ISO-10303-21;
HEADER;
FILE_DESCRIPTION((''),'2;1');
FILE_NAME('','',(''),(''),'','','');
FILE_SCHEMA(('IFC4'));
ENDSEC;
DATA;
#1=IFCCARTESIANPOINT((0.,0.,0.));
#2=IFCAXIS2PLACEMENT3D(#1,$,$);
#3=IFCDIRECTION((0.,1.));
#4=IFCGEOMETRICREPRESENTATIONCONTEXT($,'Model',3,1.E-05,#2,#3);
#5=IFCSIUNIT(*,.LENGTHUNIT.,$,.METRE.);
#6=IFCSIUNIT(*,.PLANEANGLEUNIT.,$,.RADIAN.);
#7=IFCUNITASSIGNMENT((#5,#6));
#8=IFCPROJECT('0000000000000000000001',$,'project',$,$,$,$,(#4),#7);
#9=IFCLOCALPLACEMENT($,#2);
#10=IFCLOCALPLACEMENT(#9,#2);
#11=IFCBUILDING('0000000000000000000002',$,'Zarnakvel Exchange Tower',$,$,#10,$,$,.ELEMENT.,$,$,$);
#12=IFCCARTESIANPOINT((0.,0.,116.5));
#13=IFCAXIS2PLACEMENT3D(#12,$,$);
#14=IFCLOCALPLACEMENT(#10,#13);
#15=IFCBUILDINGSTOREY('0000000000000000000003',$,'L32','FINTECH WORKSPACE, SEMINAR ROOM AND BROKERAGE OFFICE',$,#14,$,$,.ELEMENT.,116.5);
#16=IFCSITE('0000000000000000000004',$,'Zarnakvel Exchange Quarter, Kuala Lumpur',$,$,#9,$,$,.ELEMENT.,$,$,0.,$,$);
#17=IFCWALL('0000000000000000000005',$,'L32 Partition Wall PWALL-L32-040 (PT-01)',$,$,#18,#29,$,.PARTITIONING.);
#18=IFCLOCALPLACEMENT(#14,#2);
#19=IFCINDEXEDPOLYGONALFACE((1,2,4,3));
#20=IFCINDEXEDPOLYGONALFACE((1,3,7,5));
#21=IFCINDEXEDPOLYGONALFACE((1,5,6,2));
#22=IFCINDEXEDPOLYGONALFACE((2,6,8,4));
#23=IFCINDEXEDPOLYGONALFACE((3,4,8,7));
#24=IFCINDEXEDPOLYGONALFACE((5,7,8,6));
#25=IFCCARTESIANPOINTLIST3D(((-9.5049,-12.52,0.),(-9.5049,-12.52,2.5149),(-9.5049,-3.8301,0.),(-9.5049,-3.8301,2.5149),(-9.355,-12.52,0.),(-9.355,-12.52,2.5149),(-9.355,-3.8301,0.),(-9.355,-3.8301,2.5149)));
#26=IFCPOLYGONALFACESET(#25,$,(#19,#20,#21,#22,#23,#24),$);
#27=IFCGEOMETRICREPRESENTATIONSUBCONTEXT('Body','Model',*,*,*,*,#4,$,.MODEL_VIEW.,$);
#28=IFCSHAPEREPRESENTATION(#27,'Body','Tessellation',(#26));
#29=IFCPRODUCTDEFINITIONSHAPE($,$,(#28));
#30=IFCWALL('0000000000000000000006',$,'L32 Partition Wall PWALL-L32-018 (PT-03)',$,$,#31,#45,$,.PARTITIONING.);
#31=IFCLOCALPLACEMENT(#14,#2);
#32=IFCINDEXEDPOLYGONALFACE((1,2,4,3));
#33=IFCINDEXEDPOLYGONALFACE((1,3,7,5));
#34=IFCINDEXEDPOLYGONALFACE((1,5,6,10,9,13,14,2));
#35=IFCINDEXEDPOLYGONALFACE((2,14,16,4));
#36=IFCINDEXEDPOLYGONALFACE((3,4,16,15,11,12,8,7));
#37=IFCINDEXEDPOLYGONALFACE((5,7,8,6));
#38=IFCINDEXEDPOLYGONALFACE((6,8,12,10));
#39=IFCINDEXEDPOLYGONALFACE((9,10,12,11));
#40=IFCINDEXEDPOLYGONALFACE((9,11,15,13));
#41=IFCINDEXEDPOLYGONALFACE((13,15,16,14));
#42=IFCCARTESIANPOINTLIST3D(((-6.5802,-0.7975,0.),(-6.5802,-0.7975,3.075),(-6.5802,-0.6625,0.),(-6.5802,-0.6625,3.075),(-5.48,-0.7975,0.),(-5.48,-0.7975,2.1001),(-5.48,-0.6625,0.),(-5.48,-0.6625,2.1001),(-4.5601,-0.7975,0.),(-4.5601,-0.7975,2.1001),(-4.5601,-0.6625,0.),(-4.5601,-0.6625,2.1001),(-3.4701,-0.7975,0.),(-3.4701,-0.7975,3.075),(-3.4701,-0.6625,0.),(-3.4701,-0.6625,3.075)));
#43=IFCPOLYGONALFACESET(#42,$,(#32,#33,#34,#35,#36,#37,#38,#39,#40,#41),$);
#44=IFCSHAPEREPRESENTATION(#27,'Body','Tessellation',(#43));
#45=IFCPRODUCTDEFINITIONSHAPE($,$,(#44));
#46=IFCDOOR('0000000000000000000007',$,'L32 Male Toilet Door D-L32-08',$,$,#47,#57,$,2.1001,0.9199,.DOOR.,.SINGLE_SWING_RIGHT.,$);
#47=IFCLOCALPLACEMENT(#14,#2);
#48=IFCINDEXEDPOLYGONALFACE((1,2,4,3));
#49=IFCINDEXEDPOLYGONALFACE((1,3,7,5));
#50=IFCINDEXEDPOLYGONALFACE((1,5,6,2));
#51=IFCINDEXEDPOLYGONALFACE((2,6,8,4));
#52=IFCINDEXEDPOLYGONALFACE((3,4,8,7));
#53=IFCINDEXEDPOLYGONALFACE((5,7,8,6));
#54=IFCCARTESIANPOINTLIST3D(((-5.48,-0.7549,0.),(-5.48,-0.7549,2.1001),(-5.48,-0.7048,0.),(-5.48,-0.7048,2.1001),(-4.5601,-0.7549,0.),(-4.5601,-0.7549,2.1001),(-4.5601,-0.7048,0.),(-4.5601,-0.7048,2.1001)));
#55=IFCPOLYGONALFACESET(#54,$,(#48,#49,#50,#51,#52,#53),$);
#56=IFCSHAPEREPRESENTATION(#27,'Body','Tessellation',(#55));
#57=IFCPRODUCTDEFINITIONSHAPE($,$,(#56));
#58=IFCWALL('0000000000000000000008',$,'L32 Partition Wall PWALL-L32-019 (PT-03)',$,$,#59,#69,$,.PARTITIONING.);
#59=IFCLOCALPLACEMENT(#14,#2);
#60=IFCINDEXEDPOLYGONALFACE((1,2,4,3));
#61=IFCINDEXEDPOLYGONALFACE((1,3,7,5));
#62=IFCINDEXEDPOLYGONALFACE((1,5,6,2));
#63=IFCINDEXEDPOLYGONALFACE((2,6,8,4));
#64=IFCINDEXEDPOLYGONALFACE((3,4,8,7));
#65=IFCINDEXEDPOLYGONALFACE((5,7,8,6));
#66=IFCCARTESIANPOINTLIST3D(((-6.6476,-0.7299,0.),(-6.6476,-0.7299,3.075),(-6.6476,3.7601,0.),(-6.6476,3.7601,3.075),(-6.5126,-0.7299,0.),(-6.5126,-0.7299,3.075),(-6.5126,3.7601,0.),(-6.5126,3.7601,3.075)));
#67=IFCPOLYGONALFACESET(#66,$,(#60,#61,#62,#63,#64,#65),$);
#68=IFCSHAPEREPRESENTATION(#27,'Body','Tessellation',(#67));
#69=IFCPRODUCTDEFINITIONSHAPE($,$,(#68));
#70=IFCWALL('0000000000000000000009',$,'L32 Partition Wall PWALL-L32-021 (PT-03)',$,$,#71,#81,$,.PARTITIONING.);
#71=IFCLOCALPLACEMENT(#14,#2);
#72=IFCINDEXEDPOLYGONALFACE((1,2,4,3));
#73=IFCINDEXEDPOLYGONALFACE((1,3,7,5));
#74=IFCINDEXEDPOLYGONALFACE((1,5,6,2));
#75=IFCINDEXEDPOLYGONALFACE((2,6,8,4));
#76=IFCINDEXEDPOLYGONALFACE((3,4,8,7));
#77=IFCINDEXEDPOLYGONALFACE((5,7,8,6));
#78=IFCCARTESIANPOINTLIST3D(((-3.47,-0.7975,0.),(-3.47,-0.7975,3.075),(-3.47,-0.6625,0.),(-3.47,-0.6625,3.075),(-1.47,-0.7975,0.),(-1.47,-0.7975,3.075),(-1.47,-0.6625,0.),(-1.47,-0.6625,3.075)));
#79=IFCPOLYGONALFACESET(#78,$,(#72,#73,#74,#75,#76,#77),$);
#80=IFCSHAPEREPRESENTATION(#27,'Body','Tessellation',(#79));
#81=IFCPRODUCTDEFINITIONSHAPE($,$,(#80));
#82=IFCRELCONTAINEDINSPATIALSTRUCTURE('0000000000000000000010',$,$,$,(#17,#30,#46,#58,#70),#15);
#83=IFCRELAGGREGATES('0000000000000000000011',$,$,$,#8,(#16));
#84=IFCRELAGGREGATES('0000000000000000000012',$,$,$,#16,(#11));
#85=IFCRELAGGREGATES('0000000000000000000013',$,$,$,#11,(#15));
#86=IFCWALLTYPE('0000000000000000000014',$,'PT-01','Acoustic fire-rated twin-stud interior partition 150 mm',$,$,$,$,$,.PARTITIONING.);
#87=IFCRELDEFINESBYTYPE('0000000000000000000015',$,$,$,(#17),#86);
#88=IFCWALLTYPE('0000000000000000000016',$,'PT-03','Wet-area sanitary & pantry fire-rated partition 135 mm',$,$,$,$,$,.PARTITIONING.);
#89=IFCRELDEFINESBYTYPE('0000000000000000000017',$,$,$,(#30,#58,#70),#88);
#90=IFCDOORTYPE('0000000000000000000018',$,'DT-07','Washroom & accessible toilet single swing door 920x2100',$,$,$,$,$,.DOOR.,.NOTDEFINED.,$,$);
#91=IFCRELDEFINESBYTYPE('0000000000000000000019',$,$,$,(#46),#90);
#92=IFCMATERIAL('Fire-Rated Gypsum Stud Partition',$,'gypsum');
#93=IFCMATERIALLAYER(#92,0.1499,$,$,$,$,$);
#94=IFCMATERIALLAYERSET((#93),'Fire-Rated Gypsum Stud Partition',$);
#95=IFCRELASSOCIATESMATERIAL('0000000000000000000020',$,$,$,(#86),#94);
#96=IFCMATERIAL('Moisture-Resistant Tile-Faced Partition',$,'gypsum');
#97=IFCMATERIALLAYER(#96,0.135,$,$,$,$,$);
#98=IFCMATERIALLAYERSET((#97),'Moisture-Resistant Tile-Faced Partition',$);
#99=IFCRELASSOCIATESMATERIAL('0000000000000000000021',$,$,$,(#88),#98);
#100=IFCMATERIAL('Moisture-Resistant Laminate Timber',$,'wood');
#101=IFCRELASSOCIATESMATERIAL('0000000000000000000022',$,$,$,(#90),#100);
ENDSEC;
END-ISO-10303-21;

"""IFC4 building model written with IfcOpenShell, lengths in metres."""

from ifc_helpers import new_model, si_unit, direction, frame, frame_2d, origin, place, context, subcontext, project, spatial, rectangle, extrude, source, transform, mapped, material, layer, layer_set, type_object, element, fill, save


model = new_model("IFC4")

# Units and contexts
model_context = context("Model", 3, precision=1e-05, world=origin(), true_north=direction((0.0, 1.0)))
body_context = subcontext(model_context, "Body", "Model", "MODEL_VIEW")
ifc_project = project(units=[si_unit("LENGTHUNIT", "METRE"), si_unit("PLANEANGLEUNIT", "RADIAN")], contexts=[model_context])

# Site, building, storey
site_placement = place(None, origin())
site = spatial("IfcSite", under=ifc_project, at=site_placement, Name="Zarnakvel Exchange Quarter, Kuala Lumpur", CompositionType="ELEMENT", RefElevation=0.0)
building_placement = place(site_placement, origin())
building = spatial("IfcBuilding", under=site, at=building_placement, Name="Zarnakvel Exchange Tower", CompositionType="ELEMENT")
storey_placement = place(building_placement, frame((0.0, 0.0, 116.5)))
storey = spatial("IfcBuildingStorey", under=building, at=storey_placement, Name="L32", Description="FINTECH WORKSPACE, SEMINAR ROOM AND BROKERAGE OFFICE", CompositionType="ELEMENT", Elevation=116.5)

# Shared definitions
ifc_material_1 = material(Name="Fire-Rated Gypsum Stud Partition", Category="gypsum")
ifc_layer_1 = layer(ifc_material_1, 0.1499)
ifc_layer_set_1 = layer_set([ifc_layer_1], Name="Fire-Rated Gypsum Stud Partition")
wall_type_1 = type_object("IfcWallType", Name="PT-01", Description="Acoustic fire-rated twin-stud interior partition 150 mm", PredefinedType="PARTITIONING", material=ifc_layer_set_1)

# Wall
wall_1_placement = place(storey_placement, frame((-9.4299, -3.8301, 0.0), z_axis=(0.0, 0.0, 1.0), x_axis=(0.0, -1.0, 0.0)))
element("IfcWall", 1, at=wall_1_placement, inside=storey, type_object=wall_type_1, Name="L32 Partition Wall PWALL-L32-040 (PT-01)", PredefinedType="PARTITIONING", context=body_context, shape_type="SweptSolid", body=[
    extrude(rectangle(XDim=8.6899, YDim=0.1499, at=frame_2d((4.345, 0.0))), origin(), (0.0, 0.0, 1.0), 2.5149),
])

# Wall, opening, door
ifc_material_2 = material(Name="Moisture-Resistant Tile-Faced Partition", Category="gypsum")
ifc_layer_2 = layer(ifc_material_2, 0.135)
ifc_layer_set_2 = layer_set([ifc_layer_2], Name="Moisture-Resistant Tile-Faced Partition")
wall_type_2 = type_object("IfcWallType", Name="PT-03", Description="Wet-area sanitary & pantry fire-rated partition 135 mm", PredefinedType="PARTITIONING", material=ifc_layer_set_2)
wall_2_placement = place(storey_placement, frame((-3.47, -0.73, 0.0), z_axis=(0.0, 0.0, 1.0), x_axis=(-1.0, 0.0, 0.0)))
wall_2 = element("IfcWall", 2, at=wall_2_placement, inside=storey, type_object=wall_type_2, Name="L32 Partition Wall PWALL-L32-018 (PT-03)", PredefinedType="PARTITIONING", context=body_context, shape_type="SweptSolid", body=[
    extrude(rectangle(XDim=3.1101, YDim=0.135, at=frame_2d((1.5552, 0.0))), origin(), (0.0, 0.0, 1.0), 3.075),
])
opening_1_placement = place(wall_2_placement, frame((1.0901, 0.0, 0.0)))
opening_1 = element("IfcOpeningElement", 3, at=opening_1_placement, cuts=wall_2, PredefinedType="OPENING", context=body_context, shape_type="SweptSolid", body=[
    extrude(rectangle(XDim=0.9199, YDim=2.1001, at=frame_2d((0.46, 1.05))), frame((0.0, 0.0774, 0.0), z_axis=(0.0, -1.0, 0.0), x_axis=(1.0, 0.0, 0.0)), (0.0, 0.0, 1.0), 0.155),
])
ifc_material_3 = material(Name="Moisture-Resistant Laminate Timber", Category="wood")
door_type_1 = type_object("IfcDoorType", Name="DT-07", Description="Washroom & accessible toilet single swing door 920x2100", OperationType="NOTDEFINED", PredefinedType="DOOR", material=ifc_material_3)
shared_shape_1 = source(origin(), body_context, "Body", "SweptSolid", [
    extrude(rectangle(XDim=0.9199, YDim=2.1001, at=frame_2d((0.46, 1.05))), frame((0.0, 0.0249, 0.0), z_axis=(0.0, -1.0, 0.0), x_axis=(1.0, 0.0, 0.0)), (0.0, 0.0, 1.0), 0.05),
])
door_1_placement = place(opening_1_placement, origin())
door_1 = element("IfcDoor", 4, at=door_1_placement, inside=storey, type_object=door_type_1, Name="L32 Male Toilet Door D-L32-08", OperationType="SINGLE_SWING_RIGHT", OverallHeight=2.1001, OverallWidth=0.9199, PredefinedType="DOOR", context=body_context, shape_type="MappedRepresentation", body=[
    mapped(shared_shape_1, transform((0.0, 0.0, 0.0), x_axis=(1.0, 0.0, 0.0), y_axis=(0.0, 1.0, 0.0), z_axis=(0.0, 0.0, 1.0), scale=1.0)),
])
fill(opening_1, door_1)

# Walls
wall_3_placement = place(storey_placement, frame((-6.5801, -0.73, 0.0), z_axis=(0.0, 0.0, 1.0), x_axis=(0.0, 1.0, 0.0)))
element("IfcWall", 5, at=wall_3_placement, inside=storey, type_object=wall_type_2, Name="L32 Partition Wall PWALL-L32-019 (PT-03)", PredefinedType="PARTITIONING", context=body_context, shape_type="SweptSolid", body=[
    extrude(rectangle(XDim=4.49, YDim=0.135, at=frame_2d((2.2451, 0.0))), origin(), (0.0, 0.0, 1.0), 3.075),
])
wall_4_placement = place(storey_placement, frame((-1.47, -0.73, 0.0), z_axis=(0.0, 0.0, 1.0), x_axis=(-1.0, 0.0, 0.0)))
element("IfcWall", 6, at=wall_4_placement, inside=storey, type_object=wall_type_2, Name="L32 Partition Wall PWALL-L32-021 (PT-03)", PredefinedType="PARTITIONING", context=body_context, shape_type="SweptSolid", body=[
    extrude(rectangle(XDim=2.0, YDim=0.135, at=frame_2d((1.0, 0.0))), origin(), (0.0, 0.0, 1.0), 3.075),
])

save(model, "model.ifc")
